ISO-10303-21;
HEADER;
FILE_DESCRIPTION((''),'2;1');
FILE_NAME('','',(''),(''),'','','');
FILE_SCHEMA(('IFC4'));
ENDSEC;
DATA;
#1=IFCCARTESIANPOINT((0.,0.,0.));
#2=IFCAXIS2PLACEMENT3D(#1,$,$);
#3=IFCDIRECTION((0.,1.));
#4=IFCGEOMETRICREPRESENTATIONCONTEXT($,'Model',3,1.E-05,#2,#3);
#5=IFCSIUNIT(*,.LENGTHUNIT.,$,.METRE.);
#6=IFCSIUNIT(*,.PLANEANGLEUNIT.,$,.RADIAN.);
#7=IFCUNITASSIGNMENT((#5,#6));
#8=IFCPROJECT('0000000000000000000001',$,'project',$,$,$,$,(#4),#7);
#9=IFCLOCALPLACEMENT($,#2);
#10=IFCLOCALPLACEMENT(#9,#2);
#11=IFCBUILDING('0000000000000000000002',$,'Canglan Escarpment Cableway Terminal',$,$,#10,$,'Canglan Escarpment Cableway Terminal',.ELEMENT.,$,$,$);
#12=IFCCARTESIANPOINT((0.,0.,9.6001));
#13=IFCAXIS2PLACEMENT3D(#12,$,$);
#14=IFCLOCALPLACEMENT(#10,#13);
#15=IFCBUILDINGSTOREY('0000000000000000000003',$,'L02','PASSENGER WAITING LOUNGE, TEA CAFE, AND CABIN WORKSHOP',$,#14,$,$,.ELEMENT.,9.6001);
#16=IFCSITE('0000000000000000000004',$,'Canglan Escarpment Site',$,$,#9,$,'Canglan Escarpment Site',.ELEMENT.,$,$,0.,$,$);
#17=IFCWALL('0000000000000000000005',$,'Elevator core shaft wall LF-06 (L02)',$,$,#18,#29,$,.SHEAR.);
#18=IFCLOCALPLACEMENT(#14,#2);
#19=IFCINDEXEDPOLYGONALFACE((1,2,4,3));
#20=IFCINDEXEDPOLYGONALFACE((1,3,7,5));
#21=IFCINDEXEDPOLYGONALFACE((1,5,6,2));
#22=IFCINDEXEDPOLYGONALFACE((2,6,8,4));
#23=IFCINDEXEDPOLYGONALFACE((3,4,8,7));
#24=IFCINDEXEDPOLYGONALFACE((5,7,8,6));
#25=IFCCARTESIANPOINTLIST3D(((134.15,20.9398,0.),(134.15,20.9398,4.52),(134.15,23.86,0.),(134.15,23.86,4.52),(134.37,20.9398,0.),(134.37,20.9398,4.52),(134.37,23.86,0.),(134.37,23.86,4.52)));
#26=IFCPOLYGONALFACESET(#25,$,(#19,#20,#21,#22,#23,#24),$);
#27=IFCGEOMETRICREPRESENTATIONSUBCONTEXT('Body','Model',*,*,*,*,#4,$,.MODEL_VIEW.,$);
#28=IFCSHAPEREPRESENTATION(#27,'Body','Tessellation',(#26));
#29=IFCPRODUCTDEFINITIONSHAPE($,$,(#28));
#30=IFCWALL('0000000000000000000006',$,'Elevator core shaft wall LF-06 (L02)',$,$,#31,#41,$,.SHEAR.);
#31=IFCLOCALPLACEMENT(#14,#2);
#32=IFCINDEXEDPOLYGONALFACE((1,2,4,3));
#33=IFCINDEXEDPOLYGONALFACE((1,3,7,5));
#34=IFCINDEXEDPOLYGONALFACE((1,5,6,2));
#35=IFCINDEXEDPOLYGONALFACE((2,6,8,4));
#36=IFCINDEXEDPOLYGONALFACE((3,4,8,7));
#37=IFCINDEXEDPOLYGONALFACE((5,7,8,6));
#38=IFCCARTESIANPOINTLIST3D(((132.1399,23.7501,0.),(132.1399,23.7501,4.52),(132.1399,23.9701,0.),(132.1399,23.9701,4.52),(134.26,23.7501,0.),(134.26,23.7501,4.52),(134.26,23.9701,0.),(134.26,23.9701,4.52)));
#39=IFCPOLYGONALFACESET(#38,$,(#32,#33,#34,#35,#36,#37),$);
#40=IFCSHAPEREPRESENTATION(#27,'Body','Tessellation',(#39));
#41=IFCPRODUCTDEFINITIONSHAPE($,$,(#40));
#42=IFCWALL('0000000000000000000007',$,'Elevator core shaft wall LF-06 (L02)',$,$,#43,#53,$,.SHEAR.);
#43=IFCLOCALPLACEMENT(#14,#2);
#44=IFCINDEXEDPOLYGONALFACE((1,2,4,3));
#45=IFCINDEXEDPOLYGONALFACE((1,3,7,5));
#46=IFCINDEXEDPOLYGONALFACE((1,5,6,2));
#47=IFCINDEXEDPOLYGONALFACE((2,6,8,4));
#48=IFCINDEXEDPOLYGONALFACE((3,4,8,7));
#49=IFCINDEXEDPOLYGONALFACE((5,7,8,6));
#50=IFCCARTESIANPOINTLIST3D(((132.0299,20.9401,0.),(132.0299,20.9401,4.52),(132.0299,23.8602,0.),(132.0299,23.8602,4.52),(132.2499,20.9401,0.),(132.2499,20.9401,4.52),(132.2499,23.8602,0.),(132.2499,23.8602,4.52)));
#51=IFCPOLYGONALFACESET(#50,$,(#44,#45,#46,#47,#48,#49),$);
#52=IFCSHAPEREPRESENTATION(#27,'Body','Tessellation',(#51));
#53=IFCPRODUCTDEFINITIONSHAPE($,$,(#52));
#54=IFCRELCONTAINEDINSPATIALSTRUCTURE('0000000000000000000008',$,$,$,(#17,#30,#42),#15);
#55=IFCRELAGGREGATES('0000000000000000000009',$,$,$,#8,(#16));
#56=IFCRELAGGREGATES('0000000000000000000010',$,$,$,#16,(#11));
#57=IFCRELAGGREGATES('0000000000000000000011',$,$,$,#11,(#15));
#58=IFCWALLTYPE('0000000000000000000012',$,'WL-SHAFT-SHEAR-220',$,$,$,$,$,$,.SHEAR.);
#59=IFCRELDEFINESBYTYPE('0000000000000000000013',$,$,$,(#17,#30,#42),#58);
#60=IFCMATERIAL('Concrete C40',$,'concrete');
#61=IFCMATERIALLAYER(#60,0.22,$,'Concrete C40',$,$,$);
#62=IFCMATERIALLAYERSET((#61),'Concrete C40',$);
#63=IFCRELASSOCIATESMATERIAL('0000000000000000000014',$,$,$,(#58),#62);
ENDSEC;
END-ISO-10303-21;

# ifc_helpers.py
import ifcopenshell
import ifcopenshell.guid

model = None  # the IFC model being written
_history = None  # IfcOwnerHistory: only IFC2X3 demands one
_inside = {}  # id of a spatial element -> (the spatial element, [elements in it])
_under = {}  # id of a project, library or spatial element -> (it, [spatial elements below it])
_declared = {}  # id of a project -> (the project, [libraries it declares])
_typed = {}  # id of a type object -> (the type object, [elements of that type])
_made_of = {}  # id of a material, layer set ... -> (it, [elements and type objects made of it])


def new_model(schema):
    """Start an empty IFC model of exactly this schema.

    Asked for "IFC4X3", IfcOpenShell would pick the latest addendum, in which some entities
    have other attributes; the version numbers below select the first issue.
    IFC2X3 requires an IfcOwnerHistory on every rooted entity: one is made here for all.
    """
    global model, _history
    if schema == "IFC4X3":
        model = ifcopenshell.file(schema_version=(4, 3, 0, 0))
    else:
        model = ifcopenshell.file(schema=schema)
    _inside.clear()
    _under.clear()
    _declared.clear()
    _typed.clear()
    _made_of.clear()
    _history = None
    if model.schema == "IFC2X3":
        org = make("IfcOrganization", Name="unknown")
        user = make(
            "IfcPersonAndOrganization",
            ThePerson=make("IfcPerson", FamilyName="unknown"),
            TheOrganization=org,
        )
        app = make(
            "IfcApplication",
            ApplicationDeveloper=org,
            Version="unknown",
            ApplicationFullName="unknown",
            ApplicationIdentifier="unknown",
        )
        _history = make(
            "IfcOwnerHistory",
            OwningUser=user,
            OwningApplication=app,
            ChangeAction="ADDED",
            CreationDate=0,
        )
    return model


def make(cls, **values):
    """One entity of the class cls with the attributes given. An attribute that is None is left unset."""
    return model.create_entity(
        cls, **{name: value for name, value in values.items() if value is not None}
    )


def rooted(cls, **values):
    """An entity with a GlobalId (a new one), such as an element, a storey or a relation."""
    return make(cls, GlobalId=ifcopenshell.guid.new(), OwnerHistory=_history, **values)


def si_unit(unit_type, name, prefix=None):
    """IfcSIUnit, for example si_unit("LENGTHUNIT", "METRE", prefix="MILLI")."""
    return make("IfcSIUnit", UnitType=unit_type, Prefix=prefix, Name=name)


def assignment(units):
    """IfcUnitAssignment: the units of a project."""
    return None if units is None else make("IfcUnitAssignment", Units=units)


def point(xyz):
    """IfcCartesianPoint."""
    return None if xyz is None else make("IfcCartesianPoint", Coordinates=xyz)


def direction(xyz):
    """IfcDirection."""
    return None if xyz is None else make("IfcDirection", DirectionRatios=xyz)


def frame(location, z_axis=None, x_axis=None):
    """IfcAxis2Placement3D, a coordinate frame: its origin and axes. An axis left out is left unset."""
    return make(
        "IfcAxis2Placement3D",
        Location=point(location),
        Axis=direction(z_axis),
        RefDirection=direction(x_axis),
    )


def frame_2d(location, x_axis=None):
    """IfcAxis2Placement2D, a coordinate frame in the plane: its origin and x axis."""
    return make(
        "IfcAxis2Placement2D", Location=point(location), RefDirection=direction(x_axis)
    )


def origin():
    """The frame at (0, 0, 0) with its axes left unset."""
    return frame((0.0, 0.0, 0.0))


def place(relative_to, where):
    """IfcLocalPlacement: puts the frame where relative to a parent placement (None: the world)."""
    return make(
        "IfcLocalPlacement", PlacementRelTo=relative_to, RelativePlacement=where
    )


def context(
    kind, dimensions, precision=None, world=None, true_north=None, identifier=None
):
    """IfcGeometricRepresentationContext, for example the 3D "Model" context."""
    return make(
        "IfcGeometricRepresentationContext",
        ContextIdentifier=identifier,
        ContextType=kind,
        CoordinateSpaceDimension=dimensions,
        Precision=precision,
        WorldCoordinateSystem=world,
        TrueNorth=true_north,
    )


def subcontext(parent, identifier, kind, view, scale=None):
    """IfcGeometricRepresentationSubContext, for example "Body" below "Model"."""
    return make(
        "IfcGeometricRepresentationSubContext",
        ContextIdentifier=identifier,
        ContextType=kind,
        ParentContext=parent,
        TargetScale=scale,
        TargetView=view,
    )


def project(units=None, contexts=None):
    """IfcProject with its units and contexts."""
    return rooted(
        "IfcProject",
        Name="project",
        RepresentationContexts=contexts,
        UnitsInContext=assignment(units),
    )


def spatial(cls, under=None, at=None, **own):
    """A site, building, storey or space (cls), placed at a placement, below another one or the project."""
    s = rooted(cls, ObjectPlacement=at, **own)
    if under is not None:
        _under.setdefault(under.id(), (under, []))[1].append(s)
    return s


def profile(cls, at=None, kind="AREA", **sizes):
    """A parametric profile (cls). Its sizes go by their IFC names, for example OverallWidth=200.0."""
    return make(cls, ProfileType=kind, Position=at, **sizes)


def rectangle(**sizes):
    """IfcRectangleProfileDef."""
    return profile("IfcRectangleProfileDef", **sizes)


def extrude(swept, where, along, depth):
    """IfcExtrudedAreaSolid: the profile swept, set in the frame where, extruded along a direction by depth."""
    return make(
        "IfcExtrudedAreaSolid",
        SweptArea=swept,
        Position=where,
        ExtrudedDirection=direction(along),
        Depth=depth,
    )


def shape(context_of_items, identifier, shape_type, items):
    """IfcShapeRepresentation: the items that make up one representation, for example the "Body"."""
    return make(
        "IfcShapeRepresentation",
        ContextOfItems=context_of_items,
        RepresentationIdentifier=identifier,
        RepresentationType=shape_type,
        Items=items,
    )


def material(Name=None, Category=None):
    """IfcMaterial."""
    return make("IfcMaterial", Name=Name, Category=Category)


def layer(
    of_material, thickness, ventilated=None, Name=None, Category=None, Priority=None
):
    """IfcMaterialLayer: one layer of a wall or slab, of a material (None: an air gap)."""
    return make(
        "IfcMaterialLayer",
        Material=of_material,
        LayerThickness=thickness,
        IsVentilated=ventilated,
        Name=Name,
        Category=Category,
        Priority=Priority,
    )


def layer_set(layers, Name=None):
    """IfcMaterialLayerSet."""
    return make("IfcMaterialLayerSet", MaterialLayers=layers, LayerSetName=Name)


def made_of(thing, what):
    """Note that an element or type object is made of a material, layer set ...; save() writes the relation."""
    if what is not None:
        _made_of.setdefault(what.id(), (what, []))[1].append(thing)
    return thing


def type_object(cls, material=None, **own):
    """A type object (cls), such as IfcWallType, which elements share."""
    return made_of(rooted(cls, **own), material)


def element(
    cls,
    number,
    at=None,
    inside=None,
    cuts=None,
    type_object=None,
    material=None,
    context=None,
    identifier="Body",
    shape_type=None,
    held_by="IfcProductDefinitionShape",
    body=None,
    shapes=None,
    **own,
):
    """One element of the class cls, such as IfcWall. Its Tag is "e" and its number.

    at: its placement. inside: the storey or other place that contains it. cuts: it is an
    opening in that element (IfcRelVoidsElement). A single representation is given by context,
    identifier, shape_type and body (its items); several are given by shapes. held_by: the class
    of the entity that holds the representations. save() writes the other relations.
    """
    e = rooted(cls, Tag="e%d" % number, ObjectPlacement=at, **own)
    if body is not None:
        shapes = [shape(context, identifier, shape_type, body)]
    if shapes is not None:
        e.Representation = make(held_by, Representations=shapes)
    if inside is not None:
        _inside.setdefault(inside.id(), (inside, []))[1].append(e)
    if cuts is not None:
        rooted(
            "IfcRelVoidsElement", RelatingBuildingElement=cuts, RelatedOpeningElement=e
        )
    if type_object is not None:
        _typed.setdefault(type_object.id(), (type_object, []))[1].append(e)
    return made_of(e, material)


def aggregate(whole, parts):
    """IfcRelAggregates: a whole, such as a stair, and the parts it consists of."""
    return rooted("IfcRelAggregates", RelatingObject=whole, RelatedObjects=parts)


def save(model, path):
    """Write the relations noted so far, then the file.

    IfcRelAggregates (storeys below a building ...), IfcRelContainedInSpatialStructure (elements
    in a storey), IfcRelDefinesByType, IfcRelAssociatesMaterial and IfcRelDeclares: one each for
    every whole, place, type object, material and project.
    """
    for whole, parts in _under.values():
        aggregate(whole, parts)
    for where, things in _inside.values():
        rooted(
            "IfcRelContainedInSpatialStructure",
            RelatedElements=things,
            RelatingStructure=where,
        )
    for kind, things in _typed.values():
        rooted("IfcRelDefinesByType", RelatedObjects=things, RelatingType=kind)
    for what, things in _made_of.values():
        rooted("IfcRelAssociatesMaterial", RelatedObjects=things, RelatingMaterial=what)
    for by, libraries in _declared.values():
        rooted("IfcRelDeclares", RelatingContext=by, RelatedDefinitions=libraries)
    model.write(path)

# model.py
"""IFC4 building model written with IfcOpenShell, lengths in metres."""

from ifc_helpers import new_model, si_unit, direction, frame, frame_2d, origin, place, context, subcontext, project, spatial, rectangle, extrude, material, layer, layer_set, type_object, element, save


model = new_model("IFC4")

# Units and contexts
model_context = context("Model", 3, precision=1e-05, world=origin(), true_north=direction((0.0, 1.0)))
body_context = subcontext(model_context, "Body", "Model", "MODEL_VIEW")
ifc_project = project(units=[si_unit("LENGTHUNIT", "METRE"), si_unit("PLANEANGLEUNIT", "RADIAN")], contexts=[model_context])

# Site, building, storey
site_placement = place(None, origin())
site = spatial("IfcSite", under=ifc_project, at=site_placement, Name="Canglan Escarpment Site", LongName="Canglan Escarpment Site", CompositionType="ELEMENT", RefElevation=0.0)
building_placement = place(site_placement, origin())
building = spatial("IfcBuilding", under=site, at=building_placement, Name="Canglan Escarpment Cableway Terminal", LongName="Canglan Escarpment Cableway Terminal", CompositionType="ELEMENT")
storey_placement = place(building_placement, frame((0.0, 0.0, 9.6001)))
storey = spatial("IfcBuildingStorey", under=building, at=storey_placement, Name="L02", Description="PASSENGER WAITING LOUNGE, TEA CAFE, AND CABIN WORKSHOP", CompositionType="ELEMENT", Elevation=9.6001)

# Shared definitions
ifc_material_1 = material(Name="Concrete C40", Category="concrete")
ifc_layer_1 = layer(ifc_material_1, 0.22, Name="Concrete C40")
ifc_layer_set_1 = layer_set([ifc_layer_1], Name="Concrete C40")
wall_type = type_object("IfcWallType", Name="WL-SHAFT-SHEAR-220", PredefinedType="SHEAR", material=ifc_layer_set_1)

# Walls
wall_1_placement = place(storey_placement, frame((134.26, 20.9399, 0.0), z_axis=(0.0, 0.0, 1.0), x_axis=(0.0, 1.0, 0.0)))
element("IfcWall", 1, at=wall_1_placement, inside=storey, type_object=wall_type, Name="Elevator core shaft wall LF-06 (L02)", PredefinedType="SHEAR", context=body_context, shape_type="SweptSolid", body=[
    extrude(rectangle(XDim=2.9202, YDim=0.22, at=frame_2d((1.46, 0.0))), origin(), (0.0, 0.0, 1.0), 4.52),
])
wall_2_placement = place(storey_placement, frame((134.26, 23.8601, 0.0), z_axis=(0.0, 0.0, 1.0), x_axis=(-1.0, 0.0, 0.0)))
element("IfcWall", 2, at=wall_2_placement, inside=storey, type_object=wall_type, Name="Elevator core shaft wall LF-06 (L02)", PredefinedType="SHEAR", context=body_context, shape_type="SweptSolid", body=[
    extrude(rectangle(XDim=2.1201, YDim=0.22, at=frame_2d((1.0601, 0.0))), origin(), (0.0, 0.0, 1.0), 4.52),
])
wall_3_placement = place(storey_placement, frame((132.1399, 23.8601, 0.0), z_axis=(0.0, 0.0, 1.0), x_axis=(0.0, -1.0, 0.0)))
element("IfcWall", 3, at=wall_3_placement, inside=storey, type_object=wall_type, Name="Elevator core shaft wall LF-06 (L02)", PredefinedType="SHEAR", context=body_context, shape_type="SweptSolid", body=[
    extrude(rectangle(XDim=2.9202, YDim=0.22, at=frame_2d((1.46, 0.0))), origin(), (0.0, 0.0, 1.0), 4.52),
])

save(model, "model.ifc")
